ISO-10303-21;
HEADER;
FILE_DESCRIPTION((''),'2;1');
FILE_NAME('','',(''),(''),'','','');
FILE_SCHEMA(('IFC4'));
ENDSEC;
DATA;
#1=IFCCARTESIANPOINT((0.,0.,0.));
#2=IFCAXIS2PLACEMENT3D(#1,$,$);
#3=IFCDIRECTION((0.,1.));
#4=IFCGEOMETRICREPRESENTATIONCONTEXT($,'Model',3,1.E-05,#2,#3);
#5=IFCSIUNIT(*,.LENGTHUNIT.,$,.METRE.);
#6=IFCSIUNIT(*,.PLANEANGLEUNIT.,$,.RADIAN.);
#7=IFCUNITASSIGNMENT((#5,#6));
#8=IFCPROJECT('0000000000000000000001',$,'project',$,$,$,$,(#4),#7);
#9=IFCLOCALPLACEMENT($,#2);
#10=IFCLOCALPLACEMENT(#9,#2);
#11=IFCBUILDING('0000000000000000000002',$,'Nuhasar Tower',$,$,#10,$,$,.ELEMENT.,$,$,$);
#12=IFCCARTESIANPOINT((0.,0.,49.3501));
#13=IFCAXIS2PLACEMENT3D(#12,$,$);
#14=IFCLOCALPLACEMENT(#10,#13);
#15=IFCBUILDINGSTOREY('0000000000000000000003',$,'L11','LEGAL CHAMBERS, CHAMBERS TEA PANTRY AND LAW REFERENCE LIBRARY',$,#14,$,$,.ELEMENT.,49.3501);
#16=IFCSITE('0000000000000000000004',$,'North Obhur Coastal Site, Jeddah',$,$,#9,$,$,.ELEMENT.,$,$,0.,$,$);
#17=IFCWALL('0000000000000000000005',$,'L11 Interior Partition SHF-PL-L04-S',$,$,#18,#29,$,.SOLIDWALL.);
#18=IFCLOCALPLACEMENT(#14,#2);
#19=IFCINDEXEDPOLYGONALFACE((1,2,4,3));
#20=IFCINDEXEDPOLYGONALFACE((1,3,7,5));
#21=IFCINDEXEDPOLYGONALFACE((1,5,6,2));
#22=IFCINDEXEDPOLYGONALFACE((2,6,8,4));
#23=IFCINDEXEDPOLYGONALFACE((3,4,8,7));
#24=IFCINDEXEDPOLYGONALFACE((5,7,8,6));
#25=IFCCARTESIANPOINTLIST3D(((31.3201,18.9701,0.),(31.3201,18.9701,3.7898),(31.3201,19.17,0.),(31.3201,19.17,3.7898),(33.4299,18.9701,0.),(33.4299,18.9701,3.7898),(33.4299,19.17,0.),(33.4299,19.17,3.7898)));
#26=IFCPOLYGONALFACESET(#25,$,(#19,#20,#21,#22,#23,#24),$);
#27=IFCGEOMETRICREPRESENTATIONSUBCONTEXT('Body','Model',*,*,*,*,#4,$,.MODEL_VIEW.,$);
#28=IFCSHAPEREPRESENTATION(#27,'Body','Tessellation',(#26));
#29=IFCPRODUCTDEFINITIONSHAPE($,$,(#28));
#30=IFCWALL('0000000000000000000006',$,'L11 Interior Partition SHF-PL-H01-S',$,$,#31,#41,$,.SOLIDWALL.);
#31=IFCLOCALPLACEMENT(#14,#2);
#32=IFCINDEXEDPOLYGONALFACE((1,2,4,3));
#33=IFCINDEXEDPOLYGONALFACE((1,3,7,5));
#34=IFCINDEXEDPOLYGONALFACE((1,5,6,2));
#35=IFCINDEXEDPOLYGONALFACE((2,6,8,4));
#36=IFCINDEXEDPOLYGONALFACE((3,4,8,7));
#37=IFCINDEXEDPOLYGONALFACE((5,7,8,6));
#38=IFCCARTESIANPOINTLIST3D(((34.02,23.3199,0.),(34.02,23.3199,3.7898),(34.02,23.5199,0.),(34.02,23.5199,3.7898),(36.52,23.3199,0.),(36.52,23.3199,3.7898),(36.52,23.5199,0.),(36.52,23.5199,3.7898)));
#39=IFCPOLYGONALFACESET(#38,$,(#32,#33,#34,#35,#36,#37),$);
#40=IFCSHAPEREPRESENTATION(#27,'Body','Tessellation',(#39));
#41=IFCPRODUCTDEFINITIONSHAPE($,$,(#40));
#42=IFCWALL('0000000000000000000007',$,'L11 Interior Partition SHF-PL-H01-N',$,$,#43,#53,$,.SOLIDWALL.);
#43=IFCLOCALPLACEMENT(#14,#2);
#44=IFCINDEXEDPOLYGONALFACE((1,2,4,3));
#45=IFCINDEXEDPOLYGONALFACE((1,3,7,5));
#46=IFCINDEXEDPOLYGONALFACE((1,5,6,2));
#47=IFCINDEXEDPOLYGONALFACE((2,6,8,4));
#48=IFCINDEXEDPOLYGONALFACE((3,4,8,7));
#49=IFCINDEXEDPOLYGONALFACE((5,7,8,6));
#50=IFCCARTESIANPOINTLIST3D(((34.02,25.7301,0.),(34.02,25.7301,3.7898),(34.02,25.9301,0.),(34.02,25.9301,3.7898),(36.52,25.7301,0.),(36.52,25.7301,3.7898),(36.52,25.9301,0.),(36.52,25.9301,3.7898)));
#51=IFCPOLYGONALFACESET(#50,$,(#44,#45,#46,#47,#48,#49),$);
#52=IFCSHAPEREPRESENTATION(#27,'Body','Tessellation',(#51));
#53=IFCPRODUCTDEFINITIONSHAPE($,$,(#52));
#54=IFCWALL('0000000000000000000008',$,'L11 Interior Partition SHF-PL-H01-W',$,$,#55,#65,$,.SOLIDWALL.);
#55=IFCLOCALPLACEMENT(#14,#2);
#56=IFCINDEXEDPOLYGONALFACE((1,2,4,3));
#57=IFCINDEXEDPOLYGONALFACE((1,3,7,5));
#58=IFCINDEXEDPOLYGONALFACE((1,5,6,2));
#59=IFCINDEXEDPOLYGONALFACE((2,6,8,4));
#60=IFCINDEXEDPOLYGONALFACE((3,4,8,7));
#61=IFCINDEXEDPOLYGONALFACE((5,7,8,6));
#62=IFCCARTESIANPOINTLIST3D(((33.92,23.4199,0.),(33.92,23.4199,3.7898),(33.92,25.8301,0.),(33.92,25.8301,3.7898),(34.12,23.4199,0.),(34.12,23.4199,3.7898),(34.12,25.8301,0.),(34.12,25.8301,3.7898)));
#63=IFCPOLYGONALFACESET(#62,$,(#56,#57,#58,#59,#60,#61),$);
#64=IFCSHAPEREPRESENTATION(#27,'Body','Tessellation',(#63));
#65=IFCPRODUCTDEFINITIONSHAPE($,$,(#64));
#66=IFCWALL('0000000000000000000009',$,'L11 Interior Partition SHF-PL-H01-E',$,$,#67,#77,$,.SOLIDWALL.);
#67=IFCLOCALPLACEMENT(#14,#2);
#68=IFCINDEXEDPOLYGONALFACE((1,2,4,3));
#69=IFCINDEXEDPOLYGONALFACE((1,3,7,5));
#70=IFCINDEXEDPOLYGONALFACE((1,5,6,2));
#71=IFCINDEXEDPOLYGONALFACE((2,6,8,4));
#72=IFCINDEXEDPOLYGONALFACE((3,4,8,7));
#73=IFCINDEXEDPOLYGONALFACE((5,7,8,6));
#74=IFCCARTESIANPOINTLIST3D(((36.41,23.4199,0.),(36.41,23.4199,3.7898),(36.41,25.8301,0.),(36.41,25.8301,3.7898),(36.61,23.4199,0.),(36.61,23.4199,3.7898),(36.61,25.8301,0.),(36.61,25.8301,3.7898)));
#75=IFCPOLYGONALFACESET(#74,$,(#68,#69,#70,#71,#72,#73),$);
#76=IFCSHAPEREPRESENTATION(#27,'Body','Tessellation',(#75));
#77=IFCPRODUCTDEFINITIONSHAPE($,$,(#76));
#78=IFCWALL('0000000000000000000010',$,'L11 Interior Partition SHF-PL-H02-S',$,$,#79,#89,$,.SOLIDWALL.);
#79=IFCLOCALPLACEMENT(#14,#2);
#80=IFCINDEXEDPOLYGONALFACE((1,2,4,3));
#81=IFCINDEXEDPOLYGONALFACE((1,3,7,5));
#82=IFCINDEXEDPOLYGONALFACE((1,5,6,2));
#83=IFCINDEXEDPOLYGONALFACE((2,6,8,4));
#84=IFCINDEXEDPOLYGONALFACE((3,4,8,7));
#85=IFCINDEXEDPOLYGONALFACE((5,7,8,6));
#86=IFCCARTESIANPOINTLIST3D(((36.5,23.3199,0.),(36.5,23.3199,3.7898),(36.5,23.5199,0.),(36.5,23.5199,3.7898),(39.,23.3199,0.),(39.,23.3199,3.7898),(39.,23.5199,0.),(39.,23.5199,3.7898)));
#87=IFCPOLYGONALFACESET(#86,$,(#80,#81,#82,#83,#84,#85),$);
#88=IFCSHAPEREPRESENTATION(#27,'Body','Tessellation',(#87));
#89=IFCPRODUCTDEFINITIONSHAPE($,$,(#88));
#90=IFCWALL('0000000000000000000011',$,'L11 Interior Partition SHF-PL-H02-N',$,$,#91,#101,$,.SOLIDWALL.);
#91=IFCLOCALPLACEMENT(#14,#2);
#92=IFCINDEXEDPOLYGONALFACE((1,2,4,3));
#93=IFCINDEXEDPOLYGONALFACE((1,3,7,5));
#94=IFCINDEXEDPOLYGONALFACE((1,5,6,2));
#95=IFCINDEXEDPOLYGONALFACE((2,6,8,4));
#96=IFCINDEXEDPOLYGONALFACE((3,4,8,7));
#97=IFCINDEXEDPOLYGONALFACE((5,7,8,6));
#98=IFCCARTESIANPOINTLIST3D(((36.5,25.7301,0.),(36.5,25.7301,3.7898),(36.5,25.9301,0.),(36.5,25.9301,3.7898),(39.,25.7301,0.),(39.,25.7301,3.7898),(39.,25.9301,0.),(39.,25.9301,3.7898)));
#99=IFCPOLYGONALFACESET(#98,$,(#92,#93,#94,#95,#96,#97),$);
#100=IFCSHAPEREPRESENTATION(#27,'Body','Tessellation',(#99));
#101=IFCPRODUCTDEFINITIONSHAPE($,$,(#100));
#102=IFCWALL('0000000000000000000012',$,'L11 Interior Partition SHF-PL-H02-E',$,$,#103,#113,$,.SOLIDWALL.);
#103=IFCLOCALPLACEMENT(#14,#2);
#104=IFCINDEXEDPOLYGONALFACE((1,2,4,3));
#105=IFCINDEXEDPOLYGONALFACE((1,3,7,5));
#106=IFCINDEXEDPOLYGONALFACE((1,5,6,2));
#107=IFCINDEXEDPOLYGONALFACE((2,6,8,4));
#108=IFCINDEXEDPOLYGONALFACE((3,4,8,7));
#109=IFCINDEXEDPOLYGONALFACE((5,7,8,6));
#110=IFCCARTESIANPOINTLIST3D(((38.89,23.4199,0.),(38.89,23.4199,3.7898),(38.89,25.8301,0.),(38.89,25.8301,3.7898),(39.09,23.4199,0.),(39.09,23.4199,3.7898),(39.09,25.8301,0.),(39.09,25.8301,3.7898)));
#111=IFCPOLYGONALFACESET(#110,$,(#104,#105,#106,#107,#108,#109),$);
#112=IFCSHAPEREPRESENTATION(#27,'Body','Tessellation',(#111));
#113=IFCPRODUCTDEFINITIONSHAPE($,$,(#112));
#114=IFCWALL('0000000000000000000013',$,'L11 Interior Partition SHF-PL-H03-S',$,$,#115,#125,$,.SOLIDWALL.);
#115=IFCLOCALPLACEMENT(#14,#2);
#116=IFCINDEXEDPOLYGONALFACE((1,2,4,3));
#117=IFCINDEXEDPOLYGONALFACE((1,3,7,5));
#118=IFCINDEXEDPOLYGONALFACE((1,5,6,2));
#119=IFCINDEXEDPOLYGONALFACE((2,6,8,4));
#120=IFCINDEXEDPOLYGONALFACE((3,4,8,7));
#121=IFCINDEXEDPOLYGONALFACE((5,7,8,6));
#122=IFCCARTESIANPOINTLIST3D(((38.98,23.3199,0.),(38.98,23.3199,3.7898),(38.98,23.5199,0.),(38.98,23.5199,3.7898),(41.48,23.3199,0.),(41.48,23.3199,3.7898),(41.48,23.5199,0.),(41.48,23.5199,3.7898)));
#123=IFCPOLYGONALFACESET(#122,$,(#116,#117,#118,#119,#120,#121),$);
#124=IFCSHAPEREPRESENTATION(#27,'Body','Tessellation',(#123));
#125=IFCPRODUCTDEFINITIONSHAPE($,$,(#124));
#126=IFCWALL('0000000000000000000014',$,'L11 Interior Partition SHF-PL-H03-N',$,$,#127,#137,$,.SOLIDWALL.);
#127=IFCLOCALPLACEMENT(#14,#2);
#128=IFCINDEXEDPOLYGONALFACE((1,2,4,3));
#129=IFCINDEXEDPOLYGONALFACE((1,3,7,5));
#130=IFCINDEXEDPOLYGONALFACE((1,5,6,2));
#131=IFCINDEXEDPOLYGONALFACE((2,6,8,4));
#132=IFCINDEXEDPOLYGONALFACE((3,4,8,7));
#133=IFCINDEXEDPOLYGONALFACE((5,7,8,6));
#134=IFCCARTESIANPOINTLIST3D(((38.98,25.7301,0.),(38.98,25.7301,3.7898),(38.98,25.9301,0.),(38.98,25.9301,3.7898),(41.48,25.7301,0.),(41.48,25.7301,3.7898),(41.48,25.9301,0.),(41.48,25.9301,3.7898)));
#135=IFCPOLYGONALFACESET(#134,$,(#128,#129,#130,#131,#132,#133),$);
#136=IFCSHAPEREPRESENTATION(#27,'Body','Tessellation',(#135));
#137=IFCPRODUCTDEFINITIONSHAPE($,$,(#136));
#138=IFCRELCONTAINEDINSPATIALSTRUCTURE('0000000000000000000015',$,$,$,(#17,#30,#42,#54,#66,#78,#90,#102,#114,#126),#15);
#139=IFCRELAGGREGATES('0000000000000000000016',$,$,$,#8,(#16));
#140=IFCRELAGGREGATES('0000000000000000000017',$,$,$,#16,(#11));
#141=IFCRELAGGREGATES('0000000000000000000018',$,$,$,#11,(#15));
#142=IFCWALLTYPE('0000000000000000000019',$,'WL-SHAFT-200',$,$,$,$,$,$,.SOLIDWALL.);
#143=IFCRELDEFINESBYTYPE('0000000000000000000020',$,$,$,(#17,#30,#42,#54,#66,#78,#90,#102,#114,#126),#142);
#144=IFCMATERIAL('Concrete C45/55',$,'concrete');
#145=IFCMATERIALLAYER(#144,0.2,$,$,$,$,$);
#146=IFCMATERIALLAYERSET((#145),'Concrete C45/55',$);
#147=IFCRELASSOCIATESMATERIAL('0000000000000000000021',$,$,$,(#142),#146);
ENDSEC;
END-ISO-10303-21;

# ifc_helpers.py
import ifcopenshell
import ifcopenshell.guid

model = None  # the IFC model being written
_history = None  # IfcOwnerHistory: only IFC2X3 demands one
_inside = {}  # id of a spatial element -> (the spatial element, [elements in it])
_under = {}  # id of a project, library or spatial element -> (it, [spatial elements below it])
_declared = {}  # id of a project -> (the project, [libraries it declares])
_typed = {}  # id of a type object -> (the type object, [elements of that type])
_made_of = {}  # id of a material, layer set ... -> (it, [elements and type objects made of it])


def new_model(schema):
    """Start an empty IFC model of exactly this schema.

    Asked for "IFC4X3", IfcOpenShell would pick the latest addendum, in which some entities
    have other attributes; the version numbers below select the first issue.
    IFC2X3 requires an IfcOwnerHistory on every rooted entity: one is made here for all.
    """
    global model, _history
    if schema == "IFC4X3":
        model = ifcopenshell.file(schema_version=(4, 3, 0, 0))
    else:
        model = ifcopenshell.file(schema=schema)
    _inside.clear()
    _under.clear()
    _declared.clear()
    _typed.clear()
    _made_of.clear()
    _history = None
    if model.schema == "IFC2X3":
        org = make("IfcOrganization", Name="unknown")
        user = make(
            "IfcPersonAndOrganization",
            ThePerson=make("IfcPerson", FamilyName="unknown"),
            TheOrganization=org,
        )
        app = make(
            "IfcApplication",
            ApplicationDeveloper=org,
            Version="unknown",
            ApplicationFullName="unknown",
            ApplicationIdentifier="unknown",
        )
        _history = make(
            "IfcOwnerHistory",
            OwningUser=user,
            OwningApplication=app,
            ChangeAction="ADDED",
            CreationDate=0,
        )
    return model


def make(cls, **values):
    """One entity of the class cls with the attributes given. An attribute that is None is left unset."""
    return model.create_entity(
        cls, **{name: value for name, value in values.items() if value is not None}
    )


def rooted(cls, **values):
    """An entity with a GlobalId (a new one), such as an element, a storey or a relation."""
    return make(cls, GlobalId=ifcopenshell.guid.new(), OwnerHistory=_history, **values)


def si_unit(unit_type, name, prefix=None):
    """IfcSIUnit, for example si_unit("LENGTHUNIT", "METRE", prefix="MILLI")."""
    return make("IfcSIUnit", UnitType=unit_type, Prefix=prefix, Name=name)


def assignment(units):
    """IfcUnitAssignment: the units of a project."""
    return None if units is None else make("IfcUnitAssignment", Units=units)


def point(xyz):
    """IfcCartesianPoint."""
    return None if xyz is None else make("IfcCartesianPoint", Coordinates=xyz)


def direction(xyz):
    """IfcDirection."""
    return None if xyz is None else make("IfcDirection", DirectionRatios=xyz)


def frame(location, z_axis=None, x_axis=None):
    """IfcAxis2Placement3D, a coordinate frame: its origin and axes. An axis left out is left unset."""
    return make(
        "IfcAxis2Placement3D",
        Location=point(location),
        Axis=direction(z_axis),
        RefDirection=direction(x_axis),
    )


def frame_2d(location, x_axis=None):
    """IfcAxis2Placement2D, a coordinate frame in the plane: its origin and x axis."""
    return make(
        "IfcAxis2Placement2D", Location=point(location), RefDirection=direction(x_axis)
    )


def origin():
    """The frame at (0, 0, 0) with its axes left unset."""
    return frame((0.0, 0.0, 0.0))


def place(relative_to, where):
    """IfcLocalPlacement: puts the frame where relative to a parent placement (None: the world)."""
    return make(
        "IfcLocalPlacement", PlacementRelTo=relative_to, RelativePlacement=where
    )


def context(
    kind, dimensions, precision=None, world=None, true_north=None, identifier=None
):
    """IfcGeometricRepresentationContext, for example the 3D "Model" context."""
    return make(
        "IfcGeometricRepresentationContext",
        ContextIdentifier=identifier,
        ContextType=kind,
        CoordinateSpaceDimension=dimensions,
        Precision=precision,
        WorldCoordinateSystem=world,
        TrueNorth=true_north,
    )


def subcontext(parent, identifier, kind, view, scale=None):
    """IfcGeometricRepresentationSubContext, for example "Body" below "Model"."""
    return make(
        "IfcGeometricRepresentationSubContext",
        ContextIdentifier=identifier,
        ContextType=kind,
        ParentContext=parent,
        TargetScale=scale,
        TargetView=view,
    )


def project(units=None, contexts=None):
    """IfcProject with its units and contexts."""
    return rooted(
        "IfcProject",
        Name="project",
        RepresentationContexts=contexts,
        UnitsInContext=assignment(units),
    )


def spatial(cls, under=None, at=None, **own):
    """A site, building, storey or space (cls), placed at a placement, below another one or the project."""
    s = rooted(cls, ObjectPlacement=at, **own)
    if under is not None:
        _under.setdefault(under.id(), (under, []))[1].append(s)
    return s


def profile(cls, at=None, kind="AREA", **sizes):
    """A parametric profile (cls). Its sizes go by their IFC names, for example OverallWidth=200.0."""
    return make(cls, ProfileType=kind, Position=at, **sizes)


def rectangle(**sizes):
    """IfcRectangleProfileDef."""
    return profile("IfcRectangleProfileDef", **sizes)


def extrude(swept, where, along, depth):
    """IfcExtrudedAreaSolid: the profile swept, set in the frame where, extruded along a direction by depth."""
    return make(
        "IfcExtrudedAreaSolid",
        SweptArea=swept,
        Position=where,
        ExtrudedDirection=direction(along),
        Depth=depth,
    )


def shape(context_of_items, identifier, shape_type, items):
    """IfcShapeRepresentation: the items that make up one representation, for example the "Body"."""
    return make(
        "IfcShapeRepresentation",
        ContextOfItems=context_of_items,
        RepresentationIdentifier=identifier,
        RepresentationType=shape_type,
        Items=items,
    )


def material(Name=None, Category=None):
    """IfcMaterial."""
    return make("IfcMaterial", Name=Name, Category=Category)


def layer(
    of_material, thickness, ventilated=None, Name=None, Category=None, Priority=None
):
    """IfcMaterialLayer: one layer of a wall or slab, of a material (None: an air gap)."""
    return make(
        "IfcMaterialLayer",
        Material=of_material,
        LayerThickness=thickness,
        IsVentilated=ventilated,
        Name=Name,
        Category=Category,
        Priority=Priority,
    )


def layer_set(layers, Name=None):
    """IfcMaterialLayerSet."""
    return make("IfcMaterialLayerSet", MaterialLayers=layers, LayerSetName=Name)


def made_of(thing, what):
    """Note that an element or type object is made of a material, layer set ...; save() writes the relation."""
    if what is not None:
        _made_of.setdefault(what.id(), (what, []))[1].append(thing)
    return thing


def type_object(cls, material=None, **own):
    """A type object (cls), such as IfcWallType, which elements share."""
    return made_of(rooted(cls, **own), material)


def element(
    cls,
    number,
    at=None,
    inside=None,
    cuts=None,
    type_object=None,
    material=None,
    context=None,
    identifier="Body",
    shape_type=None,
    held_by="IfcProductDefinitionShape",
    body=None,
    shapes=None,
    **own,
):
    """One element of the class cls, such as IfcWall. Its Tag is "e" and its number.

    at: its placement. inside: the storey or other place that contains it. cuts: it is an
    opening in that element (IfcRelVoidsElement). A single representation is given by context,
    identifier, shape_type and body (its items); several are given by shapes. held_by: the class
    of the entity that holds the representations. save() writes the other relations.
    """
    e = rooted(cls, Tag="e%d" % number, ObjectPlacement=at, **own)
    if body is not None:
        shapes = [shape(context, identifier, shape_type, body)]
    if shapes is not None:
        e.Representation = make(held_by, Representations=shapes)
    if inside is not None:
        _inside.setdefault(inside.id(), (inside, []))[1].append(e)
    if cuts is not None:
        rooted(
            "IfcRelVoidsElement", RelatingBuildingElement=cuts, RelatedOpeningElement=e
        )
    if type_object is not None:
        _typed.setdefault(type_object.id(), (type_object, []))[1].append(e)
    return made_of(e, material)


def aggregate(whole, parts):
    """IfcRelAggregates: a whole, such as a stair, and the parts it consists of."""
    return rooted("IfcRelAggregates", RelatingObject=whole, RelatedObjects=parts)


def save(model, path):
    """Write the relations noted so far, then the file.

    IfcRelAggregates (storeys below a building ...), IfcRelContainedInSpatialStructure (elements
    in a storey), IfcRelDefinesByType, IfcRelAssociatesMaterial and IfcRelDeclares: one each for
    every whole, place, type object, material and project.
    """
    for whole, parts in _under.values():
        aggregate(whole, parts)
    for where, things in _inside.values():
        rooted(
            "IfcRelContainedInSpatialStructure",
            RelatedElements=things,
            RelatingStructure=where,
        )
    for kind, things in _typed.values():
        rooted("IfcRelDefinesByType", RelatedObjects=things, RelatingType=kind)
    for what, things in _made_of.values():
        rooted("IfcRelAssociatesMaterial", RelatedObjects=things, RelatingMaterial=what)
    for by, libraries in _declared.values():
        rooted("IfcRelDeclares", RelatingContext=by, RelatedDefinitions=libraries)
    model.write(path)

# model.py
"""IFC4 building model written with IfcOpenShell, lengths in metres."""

from ifc_helpers import new_model, si_unit, direction, frame, frame_2d, origin, place, context, subcontext, project, spatial, rectangle, extrude, material, layer, layer_set, type_object, element, save


model = new_model("IFC4")

# Units and contexts
model_context = context("Model", 3, precision=1e-05, world=origin(), true_north=direction((0.0, 1.0)))
body_context = subcontext(model_context, "Body", "Model", "MODEL_VIEW")
ifc_project = project(units=[si_unit("LENGTHUNIT", "METRE"), si_unit("PLANEANGLEUNIT", "RADIAN")], contexts=[model_context])

# Site, building, storey
site_placement = place(None, origin())
site = spatial("IfcSite", under=ifc_project, at=site_placement, Name="North Obhur Coastal Site, Jeddah", CompositionType="ELEMENT", RefElevation=0.0)
building_placement = place(site_placement, origin())
building = spatial("IfcBuilding", under=site, at=building_placement, Name="Nuhasar Tower", CompositionType="ELEMENT")
storey_placement = place(building_placement, frame((0.0, 0.0, 49.3501)))
storey = spatial("IfcBuildingStorey", under=building, at=storey_placement, Name="L11", Description="LEGAL CHAMBERS, CHAMBERS TEA PANTRY AND LAW REFERENCE LIBRARY", CompositionType="ELEMENT", Elevation=49.3501)

# Shared definitions
ifc_material_1 = material(Name="Concrete C45/55", Category="concrete")
ifc_layer_1 = layer(ifc_material_1, 0.2)
ifc_layer_set_1 = layer_set([ifc_layer_1], Name="Concrete C45/55")
wall_type_1 = type_object("IfcWallType", Name="WL-SHAFT-200", PredefinedType="SOLIDWALL", material=ifc_layer_set_1)

# Wall
wall_1_placement = place(storey_placement, frame((31.3201, 19.0701, 0.0), z_axis=(0.0, 0.0, 1.0), x_axis=(1.0, 0.0, 0.0)))
element("IfcWall", 1, at=wall_1_placement, inside=storey, type_object=wall_type_1, Name="L11 Interior Partition SHF-PL-L04-S", PredefinedType="SOLIDWALL", context=body_context, shape_type="SweptSolid", body=[
    extrude(rectangle(XDim=2.1099, YDim=0.2, at=frame_2d((1.0549, 0.0))), origin(), (0.0, 0.0, 1.0), 3.7898),
])

# Walls
for number, where, z_axis, x_axis, name in (
    (2, (34.02, 23.4199, 0.0), (0.0, 0.0, 1.0), (1.0, 0.0, 0.0), "L11 Interior Partition SHF-PL-H01-S"),
    (3, (34.02, 25.8301, 0.0), (0.0, 0.0, 1.0), (1.0, 0.0, 0.0), "L11 Interior Partition SHF-PL-H01-N"),
):
    element("IfcWall", number, at=place(storey_placement, frame(where, z_axis=z_axis, x_axis=x_axis)), inside=storey, type_object=wall_type_1, Name=name, PredefinedType="SOLIDWALL", context=body_context, shape_type="SweptSolid", body=[
        extrude(rectangle(XDim=2.5, YDim=0.2, at=frame_2d((1.25, 0.0))), origin(), (0.0, 0.0, 1.0), 3.7898),
    ])
for number, where, z_axis, x_axis, name in (
    (4, (34.02, 23.4199, 0.0), (0.0, 0.0, 1.0), (0.0, 1.0, 0.0), "L11 Interior Partition SHF-PL-H01-W"),
    (5, (36.51, 23.4199, 0.0), (0.0, 0.0, 1.0), (0.0, 1.0, 0.0), "L11 Interior Partition SHF-PL-H01-E"),
):
    element("IfcWall", number, at=place(storey_placement, frame(where, z_axis=z_axis, x_axis=x_axis)), inside=storey, type_object=wall_type_1, Name=name, PredefinedType="SOLIDWALL", context=body_context, shape_type="SweptSolid", body=[
        extrude(rectangle(XDim=2.4102, YDim=0.2, at=frame_2d((1.2051, 0.0))), origin(), (0.0, 0.0, 1.0), 3.7898),
    ])
for number, where, z_axis, x_axis, name in (
    (6, (36.5, 23.4199, 0.0), (0.0, 0.0, 1.0), (1.0, 0.0, 0.0), "L11 Interior Partition SHF-PL-H02-S"),
    (7, (36.5, 25.8301, 0.0), (0.0, 0.0, 1.0), (1.0, 0.0, 0.0), "L11 Interior Partition SHF-PL-H02-N"),
):
    element("IfcWall", number, at=place(storey_placement, frame(where, z_axis=z_axis, x_axis=x_axis)), inside=storey, type_object=wall_type_1, Name=name, PredefinedType="SOLIDWALL", context=body_context, shape_type="SweptSolid", body=[
        extrude(rectangle(XDim=2.5, YDim=0.2, at=frame_2d((1.25, 0.0))), origin(), (0.0, 0.0, 1.0), 3.7898),
    ])
wall_2_placement = place(storey_placement, frame((38.99, 23.4199, 0.0), z_axis=(0.0, 0.0, 1.0), x_axis=(0.0, 1.0, 0.0)))
element("IfcWall", 8, at=wall_2_placement, inside=storey, type_object=wall_type_1, Name="L11 Interior Partition SHF-PL-H02-E", PredefinedType="SOLIDWALL", context=body_context, shape_type="SweptSolid", body=[
    extrude(rectangle(XDim=2.4102, YDim=0.2, at=frame_2d((1.2051, 0.0))), origin(), (0.0, 0.0, 1.0), 3.7898),
])
for number, where, z_axis, x_axis, name in (
    (9, (38.98, 23.4199, 0.0), (0.0, 0.0, 1.0), (1.0, 0.0, 0.0), "L11 Interior Partition SHF-PL-H03-S"),
    (10, (38.98, 25.8301, 0.0), (0.0, 0.0, 1.0), (1.0, 0.0, 0.0), "L11 Interior Partition SHF-PL-H03-N"),
):
    element("IfcWall", number, at=place(storey_placement, frame(where, z_axis=z_axis, x_axis=x_axis)), inside=storey, type_object=wall_type_1, Name=name, PredefinedType="SOLIDWALL", context=body_context, shape_type="SweptSolid", body=[
        extrude(rectangle(XDim=2.5, YDim=0.2, at=frame_2d((1.25, 0.0))), origin(), (0.0, 0.0, 1.0), 3.7898),
    ])

save(model, "model.ifc")
